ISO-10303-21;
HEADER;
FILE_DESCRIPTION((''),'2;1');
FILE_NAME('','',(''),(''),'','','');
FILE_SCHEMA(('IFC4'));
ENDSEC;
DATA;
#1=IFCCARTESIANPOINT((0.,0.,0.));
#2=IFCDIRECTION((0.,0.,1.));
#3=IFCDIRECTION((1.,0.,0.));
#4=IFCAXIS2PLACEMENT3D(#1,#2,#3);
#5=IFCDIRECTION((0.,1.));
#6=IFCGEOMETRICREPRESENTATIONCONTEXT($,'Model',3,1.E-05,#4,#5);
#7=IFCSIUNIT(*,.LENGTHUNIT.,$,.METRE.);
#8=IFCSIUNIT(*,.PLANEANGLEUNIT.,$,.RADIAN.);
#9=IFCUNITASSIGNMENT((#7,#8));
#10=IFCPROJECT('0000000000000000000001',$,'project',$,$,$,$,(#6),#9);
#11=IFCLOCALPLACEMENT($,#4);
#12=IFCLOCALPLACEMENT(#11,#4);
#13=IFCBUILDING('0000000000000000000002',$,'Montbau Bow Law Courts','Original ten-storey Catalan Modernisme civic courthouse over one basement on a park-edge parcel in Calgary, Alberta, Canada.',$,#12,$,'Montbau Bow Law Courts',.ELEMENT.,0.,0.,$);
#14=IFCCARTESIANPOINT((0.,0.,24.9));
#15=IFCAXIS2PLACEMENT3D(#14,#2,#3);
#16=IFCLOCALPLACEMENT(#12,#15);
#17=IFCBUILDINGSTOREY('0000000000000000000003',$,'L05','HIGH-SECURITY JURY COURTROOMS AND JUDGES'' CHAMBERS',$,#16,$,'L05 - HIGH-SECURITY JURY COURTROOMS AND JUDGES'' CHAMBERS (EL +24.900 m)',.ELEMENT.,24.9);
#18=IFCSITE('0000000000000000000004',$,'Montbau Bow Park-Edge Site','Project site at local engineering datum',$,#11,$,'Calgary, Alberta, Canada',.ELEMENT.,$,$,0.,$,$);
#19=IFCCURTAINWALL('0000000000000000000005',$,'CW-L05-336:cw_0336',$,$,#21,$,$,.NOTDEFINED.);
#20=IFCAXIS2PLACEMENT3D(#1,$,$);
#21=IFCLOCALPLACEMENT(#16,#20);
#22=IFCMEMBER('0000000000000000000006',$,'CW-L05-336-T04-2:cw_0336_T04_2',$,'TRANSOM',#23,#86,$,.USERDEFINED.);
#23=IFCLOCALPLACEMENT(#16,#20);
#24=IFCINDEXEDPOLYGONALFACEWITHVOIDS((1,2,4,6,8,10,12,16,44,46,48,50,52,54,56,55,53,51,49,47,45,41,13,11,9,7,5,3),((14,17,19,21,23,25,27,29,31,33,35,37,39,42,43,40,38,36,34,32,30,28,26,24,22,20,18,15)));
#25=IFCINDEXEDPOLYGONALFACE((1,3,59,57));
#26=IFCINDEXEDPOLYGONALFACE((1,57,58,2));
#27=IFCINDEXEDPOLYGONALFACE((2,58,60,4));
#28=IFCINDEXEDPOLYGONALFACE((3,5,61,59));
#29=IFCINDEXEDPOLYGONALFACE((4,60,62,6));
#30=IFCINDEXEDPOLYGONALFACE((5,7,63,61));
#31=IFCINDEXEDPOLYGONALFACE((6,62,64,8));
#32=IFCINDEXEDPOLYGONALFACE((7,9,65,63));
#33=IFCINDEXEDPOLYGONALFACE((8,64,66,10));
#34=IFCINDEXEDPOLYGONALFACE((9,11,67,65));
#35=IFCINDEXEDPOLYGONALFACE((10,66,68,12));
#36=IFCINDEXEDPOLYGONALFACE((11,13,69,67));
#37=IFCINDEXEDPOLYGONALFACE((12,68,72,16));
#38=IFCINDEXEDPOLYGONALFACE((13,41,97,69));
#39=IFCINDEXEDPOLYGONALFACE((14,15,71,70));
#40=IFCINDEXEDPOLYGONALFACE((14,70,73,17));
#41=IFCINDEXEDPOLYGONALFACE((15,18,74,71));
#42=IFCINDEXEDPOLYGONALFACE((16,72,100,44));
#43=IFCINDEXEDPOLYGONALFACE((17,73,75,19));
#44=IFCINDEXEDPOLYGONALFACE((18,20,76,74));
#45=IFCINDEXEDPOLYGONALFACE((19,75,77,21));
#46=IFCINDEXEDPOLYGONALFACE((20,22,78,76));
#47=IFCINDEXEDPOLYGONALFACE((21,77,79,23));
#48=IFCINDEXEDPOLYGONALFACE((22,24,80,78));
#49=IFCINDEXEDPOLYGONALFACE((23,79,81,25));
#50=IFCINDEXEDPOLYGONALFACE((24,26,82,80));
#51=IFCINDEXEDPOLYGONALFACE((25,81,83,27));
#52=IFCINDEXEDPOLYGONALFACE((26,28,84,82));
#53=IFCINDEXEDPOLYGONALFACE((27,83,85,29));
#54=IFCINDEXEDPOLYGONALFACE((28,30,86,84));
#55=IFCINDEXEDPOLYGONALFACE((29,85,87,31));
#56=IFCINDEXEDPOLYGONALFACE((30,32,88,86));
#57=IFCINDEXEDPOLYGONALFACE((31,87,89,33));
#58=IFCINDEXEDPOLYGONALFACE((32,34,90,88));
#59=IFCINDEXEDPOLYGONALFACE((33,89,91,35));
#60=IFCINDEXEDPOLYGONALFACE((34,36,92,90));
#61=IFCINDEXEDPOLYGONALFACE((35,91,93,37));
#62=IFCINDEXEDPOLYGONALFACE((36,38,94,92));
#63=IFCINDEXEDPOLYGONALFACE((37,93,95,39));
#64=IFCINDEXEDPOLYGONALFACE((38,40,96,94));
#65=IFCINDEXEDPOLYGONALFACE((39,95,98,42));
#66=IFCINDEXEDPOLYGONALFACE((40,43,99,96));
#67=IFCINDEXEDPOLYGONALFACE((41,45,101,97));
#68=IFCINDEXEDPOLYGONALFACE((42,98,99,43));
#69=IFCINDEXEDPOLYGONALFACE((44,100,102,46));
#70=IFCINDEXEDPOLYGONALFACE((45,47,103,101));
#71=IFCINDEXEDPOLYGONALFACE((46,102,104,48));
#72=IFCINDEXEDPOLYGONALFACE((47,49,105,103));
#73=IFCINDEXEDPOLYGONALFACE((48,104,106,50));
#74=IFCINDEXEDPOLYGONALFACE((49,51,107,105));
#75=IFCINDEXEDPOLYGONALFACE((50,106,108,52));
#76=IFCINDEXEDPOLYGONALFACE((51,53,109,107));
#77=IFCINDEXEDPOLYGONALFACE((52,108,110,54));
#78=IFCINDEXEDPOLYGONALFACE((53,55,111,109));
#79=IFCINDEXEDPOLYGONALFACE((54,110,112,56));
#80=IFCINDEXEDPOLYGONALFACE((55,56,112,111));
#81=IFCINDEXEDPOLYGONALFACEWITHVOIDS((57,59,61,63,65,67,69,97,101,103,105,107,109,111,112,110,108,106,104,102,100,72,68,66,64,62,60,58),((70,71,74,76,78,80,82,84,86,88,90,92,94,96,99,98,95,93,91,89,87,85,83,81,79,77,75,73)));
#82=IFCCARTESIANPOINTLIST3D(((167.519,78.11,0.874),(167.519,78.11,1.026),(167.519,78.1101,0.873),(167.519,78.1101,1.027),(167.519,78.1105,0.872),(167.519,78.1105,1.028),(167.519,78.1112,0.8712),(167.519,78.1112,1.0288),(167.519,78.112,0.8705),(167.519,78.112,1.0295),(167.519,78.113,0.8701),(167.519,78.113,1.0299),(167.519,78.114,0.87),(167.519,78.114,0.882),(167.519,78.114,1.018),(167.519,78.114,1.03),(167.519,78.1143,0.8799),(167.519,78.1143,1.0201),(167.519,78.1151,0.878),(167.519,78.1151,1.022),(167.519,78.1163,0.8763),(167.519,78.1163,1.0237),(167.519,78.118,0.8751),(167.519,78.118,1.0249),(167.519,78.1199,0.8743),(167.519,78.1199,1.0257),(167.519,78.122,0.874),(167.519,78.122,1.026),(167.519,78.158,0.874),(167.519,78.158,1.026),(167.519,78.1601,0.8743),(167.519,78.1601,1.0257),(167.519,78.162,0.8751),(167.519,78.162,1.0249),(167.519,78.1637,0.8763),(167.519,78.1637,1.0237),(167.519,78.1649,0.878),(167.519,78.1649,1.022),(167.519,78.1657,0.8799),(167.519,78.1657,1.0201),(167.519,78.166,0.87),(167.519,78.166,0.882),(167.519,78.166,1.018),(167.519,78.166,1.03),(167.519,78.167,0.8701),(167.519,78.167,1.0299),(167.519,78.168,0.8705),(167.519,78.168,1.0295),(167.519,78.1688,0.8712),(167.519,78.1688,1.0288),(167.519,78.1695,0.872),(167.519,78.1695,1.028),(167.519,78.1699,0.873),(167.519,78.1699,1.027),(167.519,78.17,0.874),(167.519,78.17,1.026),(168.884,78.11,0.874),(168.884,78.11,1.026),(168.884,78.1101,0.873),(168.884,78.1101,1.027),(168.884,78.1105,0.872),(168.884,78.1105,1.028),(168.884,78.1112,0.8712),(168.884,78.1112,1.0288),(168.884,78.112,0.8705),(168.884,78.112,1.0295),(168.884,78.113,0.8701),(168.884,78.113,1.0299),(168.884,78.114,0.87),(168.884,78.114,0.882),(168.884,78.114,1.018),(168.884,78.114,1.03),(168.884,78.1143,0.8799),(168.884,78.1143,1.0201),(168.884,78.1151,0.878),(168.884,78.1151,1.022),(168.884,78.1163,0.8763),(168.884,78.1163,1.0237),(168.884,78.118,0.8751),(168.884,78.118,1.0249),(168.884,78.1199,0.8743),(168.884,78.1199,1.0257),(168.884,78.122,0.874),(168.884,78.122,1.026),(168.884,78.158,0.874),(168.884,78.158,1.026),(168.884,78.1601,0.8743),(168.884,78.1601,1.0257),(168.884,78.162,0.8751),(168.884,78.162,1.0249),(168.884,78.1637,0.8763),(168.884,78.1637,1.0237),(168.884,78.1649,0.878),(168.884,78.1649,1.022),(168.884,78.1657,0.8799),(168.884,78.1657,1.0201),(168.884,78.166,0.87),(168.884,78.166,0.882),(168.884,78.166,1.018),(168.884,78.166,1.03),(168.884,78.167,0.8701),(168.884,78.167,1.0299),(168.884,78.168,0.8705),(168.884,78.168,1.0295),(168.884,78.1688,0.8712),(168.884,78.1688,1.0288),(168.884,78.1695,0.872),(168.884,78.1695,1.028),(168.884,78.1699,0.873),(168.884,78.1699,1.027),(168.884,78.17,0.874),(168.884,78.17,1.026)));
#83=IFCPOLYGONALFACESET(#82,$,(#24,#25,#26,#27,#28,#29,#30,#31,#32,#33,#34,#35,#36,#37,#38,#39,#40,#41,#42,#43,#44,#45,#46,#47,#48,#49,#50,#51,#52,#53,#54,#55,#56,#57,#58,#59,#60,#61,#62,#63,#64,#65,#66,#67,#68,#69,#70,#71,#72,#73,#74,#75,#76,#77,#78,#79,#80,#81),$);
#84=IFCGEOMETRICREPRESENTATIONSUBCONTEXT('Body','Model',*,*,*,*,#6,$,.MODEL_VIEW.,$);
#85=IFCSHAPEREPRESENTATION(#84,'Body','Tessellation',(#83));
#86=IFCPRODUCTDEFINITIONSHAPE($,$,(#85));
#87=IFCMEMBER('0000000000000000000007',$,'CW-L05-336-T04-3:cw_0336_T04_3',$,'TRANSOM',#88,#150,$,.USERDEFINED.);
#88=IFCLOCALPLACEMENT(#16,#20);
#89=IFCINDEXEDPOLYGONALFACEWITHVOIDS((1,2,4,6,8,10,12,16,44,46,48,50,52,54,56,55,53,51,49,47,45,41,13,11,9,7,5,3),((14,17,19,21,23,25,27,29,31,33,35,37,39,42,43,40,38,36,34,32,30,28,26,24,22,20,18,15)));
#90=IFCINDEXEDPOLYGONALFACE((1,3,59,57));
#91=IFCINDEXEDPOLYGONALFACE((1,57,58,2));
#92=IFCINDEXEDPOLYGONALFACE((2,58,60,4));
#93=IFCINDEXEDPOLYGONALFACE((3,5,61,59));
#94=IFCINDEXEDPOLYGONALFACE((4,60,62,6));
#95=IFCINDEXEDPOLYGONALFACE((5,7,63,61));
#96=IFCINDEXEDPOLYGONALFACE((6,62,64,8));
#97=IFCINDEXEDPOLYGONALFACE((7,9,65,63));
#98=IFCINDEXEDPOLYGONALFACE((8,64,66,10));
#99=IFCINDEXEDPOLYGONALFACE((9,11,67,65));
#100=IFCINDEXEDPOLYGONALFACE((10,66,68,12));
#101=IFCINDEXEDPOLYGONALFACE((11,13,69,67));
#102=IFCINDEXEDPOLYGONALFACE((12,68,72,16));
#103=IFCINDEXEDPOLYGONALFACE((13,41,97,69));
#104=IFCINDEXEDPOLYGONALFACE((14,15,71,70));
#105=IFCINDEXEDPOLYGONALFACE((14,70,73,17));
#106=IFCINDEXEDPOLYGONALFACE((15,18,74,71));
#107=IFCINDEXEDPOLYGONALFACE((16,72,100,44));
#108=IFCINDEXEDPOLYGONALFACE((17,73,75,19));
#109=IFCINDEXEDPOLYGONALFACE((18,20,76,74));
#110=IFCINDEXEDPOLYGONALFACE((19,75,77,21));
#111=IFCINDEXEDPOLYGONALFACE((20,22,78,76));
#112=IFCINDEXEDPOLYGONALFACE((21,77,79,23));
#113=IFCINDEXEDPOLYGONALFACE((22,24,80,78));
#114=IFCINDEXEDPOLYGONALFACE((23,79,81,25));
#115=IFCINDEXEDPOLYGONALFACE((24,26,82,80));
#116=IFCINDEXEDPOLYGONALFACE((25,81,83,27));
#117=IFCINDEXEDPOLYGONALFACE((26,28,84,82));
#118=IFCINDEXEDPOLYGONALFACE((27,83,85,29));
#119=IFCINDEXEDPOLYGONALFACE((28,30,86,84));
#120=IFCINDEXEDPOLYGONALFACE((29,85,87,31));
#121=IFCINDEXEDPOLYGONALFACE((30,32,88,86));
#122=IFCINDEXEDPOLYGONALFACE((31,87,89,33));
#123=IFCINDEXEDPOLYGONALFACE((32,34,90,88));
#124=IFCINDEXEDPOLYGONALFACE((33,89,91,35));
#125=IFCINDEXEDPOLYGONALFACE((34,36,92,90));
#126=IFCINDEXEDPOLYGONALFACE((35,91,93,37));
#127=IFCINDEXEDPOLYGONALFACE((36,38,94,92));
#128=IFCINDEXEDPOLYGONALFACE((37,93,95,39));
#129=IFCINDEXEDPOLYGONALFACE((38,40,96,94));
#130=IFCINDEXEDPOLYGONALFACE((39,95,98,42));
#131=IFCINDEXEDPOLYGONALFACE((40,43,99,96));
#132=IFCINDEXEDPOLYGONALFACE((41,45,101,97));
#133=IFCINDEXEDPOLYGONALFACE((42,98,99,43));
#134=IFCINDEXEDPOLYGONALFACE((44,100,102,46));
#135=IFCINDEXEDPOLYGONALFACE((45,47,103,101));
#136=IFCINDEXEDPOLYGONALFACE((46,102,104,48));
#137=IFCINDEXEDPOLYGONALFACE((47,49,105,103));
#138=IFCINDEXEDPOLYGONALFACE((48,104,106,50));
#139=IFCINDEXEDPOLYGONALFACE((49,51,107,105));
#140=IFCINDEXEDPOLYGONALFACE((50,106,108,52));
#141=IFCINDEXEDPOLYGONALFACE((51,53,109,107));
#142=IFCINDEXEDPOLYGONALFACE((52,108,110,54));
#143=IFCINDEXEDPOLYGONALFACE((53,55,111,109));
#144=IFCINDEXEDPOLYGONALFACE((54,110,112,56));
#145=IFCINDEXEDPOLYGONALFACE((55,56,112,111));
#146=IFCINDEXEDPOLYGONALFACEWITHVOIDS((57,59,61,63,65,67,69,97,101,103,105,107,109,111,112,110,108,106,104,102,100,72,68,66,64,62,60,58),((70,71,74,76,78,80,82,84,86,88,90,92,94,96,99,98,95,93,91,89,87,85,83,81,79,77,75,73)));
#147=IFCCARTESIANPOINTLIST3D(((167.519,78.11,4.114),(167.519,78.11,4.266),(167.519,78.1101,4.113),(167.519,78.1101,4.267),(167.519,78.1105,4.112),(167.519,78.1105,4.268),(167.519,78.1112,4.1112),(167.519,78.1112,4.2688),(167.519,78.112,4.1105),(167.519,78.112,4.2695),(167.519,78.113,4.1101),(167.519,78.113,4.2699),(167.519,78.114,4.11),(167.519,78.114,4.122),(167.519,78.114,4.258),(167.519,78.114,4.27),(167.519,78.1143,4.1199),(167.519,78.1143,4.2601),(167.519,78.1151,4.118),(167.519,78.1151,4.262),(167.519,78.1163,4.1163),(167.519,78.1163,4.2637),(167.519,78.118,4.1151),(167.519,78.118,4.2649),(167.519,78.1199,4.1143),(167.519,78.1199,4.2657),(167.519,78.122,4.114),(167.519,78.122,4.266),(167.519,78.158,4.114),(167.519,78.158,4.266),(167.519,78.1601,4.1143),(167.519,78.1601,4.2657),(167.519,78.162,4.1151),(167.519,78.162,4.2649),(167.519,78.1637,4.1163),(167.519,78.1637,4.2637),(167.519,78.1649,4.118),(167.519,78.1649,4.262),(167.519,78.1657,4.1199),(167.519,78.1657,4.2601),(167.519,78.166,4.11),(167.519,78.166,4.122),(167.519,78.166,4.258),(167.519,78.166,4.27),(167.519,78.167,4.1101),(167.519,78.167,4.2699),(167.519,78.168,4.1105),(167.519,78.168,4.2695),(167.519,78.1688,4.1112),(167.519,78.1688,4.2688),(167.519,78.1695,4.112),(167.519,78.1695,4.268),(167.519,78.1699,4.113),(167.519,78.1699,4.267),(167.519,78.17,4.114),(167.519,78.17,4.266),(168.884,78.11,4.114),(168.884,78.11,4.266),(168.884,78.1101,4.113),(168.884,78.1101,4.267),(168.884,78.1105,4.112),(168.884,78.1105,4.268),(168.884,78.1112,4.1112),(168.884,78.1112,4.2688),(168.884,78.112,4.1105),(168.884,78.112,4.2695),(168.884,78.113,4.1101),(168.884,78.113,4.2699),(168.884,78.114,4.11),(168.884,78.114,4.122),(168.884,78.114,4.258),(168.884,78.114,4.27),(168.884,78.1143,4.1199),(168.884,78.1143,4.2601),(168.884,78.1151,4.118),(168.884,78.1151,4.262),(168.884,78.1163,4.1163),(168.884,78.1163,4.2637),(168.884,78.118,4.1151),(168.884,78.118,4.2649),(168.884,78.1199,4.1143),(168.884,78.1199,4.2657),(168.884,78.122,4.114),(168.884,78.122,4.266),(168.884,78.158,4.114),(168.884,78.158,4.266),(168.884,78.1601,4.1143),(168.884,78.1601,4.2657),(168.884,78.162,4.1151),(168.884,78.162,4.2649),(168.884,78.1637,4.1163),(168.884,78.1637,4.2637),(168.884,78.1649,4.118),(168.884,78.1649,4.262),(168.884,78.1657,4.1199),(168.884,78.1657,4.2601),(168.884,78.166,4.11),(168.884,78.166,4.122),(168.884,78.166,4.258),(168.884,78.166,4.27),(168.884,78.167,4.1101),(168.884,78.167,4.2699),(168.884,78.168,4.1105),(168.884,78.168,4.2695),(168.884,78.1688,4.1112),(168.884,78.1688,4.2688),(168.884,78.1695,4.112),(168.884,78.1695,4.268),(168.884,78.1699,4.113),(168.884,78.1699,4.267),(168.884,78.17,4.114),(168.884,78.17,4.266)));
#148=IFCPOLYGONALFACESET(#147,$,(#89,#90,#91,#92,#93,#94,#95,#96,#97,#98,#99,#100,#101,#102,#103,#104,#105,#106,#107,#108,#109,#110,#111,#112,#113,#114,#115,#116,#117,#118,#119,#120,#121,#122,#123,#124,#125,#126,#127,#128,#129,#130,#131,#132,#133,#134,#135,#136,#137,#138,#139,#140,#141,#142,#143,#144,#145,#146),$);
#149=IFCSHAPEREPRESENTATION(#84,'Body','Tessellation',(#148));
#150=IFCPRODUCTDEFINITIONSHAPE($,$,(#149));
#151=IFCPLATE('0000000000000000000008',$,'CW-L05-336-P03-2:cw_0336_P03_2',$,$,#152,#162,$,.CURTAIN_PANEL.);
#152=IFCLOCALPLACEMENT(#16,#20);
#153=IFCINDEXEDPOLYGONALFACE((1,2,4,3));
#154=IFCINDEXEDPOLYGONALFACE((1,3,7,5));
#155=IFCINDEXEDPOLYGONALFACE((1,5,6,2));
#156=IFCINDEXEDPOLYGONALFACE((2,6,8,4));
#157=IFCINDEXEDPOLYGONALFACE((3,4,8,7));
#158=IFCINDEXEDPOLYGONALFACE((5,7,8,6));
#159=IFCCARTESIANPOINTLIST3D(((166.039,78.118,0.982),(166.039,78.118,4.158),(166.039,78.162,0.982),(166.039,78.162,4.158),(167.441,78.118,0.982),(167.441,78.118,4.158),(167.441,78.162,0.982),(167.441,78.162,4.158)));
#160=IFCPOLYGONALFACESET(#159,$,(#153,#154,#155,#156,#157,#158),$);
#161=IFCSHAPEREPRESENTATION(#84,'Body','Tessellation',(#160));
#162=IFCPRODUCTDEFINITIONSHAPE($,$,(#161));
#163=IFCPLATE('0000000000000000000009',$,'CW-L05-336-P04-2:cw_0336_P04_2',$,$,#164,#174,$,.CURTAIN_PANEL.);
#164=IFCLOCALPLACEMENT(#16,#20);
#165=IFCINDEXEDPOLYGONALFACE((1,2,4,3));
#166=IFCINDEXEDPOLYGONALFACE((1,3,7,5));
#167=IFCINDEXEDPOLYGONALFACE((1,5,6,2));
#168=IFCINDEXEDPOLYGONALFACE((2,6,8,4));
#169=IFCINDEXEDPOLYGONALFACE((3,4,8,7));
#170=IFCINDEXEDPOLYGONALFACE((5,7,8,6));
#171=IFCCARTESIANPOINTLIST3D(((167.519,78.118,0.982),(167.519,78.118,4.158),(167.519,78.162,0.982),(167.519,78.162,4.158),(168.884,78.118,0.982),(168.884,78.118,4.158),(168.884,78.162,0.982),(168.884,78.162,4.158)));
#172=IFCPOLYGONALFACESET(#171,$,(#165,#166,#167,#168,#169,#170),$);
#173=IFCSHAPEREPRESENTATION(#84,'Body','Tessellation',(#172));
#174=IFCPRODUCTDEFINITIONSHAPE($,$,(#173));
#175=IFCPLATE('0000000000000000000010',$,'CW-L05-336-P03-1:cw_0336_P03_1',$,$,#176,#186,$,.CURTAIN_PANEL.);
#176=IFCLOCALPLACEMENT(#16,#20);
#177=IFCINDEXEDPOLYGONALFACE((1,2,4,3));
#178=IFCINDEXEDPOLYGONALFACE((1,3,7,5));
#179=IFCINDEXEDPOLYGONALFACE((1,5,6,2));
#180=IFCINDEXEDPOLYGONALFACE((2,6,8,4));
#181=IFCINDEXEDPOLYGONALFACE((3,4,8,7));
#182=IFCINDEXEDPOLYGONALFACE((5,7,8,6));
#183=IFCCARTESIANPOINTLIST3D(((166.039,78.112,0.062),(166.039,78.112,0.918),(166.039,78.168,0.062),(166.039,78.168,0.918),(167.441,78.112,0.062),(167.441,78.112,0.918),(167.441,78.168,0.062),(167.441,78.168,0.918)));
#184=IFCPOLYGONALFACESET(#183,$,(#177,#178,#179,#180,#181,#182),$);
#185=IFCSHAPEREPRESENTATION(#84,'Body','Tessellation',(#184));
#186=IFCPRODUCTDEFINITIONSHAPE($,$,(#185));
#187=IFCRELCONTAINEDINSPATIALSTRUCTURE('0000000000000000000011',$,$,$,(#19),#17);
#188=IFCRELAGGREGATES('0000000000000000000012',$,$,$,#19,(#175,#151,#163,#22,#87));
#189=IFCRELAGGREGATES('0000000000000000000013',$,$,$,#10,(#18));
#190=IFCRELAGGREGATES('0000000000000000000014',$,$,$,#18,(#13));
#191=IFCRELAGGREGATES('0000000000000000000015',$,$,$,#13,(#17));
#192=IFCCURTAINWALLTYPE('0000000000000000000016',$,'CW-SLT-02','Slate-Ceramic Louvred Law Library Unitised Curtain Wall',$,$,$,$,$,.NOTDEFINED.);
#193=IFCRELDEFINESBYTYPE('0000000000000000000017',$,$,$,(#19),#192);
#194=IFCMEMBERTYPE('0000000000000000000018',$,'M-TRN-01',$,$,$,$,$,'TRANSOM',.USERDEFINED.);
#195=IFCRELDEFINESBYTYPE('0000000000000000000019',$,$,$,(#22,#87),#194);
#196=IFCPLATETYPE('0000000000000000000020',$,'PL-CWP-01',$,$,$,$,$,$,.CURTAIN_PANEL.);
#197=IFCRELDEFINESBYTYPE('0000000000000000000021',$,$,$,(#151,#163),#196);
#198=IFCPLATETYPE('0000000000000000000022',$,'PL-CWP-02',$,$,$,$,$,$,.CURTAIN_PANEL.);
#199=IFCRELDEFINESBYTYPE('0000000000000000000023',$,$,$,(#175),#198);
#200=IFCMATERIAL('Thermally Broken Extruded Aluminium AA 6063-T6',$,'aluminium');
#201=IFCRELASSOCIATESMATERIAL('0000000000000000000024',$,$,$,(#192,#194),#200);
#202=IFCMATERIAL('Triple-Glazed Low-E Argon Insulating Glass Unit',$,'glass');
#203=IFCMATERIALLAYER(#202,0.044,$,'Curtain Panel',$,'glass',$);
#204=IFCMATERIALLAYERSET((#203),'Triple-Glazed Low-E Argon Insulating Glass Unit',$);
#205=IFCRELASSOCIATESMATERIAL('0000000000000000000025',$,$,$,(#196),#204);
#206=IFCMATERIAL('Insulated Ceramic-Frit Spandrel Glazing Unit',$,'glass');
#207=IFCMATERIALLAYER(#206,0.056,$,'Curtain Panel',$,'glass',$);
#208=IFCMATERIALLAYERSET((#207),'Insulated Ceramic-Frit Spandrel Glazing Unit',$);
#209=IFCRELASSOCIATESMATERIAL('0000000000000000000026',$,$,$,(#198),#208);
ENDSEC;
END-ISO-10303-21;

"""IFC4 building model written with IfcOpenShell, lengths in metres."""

from ifc_helpers import new_model, si_unit, direction, frame, frame_2d, origin_with_axes, origin_2d_with_axis, place, context, subcontext, project, spatial, rectangle, hollow_rectangle, extrude, material, layer, layer_set, material_profile, profile_set, type_object, element, aggregate, save


model = new_model("IFC4")

# Units and contexts
model_context = context("Model", 3, precision=1e-05, world=origin_with_axes(), true_north=direction((0.0, 1.0)))
body_context = subcontext(model_context, "Body", "Model", "MODEL_VIEW")
ifc_project = project(units=[si_unit("LENGTHUNIT", "METRE"), si_unit("PLANEANGLEUNIT", "RADIAN")], contexts=[model_context])

# Site, building, storey
site_placement = place(None, origin_with_axes())
site = spatial("IfcSite", under=ifc_project, at=site_placement, Name="Montbau Bow Park-Edge Site", Description="Project site at local engineering datum", LongName="Calgary, Alberta, Canada", CompositionType="ELEMENT", RefElevation=0.0)
building_placement = place(site_placement, origin_with_axes())
building = spatial("IfcBuilding", under=site, at=building_placement, Name="Montbau Bow Law Courts", Description="Original ten-storey Catalan Modernisme civic courthouse over one basement on a park-edge parcel in Calgary, Alberta, Canada.", LongName="Montbau Bow Law Courts", CompositionType="ELEMENT", ElevationOfRefHeight=0.0, ElevationOfTerrain=0.0)
storey_placement = place(building_placement, frame((0.0, 0.0, 24.9), z_axis=(0.0, 0.0, 1.0), x_axis=(1.0, 0.0, 0.0)))
storey = spatial("IfcBuildingStorey", under=building, at=storey_placement, Name="L05", Description="HIGH-SECURITY JURY COURTROOMS AND JUDGES' CHAMBERS", LongName="L05 - HIGH-SECURITY JURY COURTROOMS AND JUDGES' CHAMBERS (EL +24.900 m)", CompositionType="ELEMENT", Elevation=24.9)

# Curtain wall, members, plates
ifc_material_1 = material(Name="Thermally Broken Extruded Aluminium AA 6063-T6", Category="aluminium")
curtain_wall_type = type_object("IfcCurtainWallType", Name="CW-SLT-02", Description="Slate-Ceramic Louvred Law Library Unitised Curtain Wall", PredefinedType="NOTDEFINED", material=ifc_material_1)
curtain_wall_placement = place(None, frame((163.04, 78.14, 24.9), z_axis=(0.0, 0.0, 1.0), x_axis=(1.0, 0.0, 0.0)))
curtain_wall = element("IfcCurtainWall", 1, at=curtain_wall_placement, inside=storey, type_object=curtain_wall_type, Name="CW-L05-336:cw_0336", PredefinedType="NOTDEFINED")
ifc_material_profile_1 = material_profile(ifc_material_1, hollow_rectangle(XDim=0.06, YDim=0.16, WallThickness=0.004, InnerFilletRadius=0.008, OuterFilletRadius=0.004, at=origin_2d_with_axis()), Name="CWT-160X60", Category="Main", Priority=0)
ifc_profile_set_1 = profile_set([ifc_material_profile_1], Name="Thermally Broken Extruded Aluminium AA 6063-T6")
member_type_1 = type_object("IfcMemberType", Name="M-TRN-01", ElementType="TRANSOM", PredefinedType="USERDEFINED", material=ifc_profile_set_1)
member_1_placement = place(None, frame((167.519, 78.14, 25.85), z_axis=(1.0, 0.0, 0.0), x_axis=(0.0, 1.0, 0.0)))
member_1 = element("IfcMember", 2, at=member_1_placement, type_object=member_type_1, Name="CW-L05-336-T04-2:cw_0336_T04_2", ObjectType="TRANSOM", PredefinedType="USERDEFINED", context=body_context, shape_type="SweptSolid", body=[
    extrude(hollow_rectangle(XDim=0.06, YDim=0.16, WallThickness=0.004, InnerFilletRadius=0.008, OuterFilletRadius=0.004, at=origin_2d_with_axis()), origin_with_axes(), (0.0, 0.0, 1.0), 1.365),
])
member_2_placement = place(None, frame((167.519, 78.14, 29.09), z_axis=(1.0, 0.0, 0.0), x_axis=(0.0, 1.0, 0.0)))
member_2 = element("IfcMember", 3, at=member_2_placement, type_object=member_type_1, Name="CW-L05-336-T04-3:cw_0336_T04_3", ObjectType="TRANSOM", PredefinedType="USERDEFINED", context=body_context, shape_type="SweptSolid", body=[
    extrude(hollow_rectangle(XDim=0.06, YDim=0.16, WallThickness=0.004, InnerFilletRadius=0.008, OuterFilletRadius=0.004, at=origin_2d_with_axis()), origin_with_axes(), (0.0, 0.0, 1.0), 1.365),
])
ifc_material_2 = material(Name="Triple-Glazed Low-E Argon Insulating Glass Unit", Category="glass")
ifc_layer_1 = layer(ifc_material_2, 0.044, Name="Curtain Panel", Category="glass")
ifc_layer_set_1 = layer_set([ifc_layer_1], Name="Triple-Glazed Low-E Argon Insulating Glass Unit")
plate_type_1 = type_object("IfcPlateType", Name="PL-CWP-01", PredefinedType="CURTAIN_PANEL", material=ifc_layer_set_1)
plate_1_placement = place(None, frame((166.039, 78.14, 25.882), z_axis=(0.0, -1.0, 0.0), x_axis=(1.0, 0.0, 0.0)))
plate_1 = element("IfcPlate", 4, at=plate_1_placement, type_object=plate_type_1, Name="CW-L05-336-P03-2:cw_0336_P03_2", PredefinedType="CURTAIN_PANEL", context=body_context, shape_type="SweptSolid", body=[
    extrude(rectangle(XDim=1.402, YDim=3.176, at=frame_2d((0.701, 1.588), x_axis=(1.0, 0.0))), frame((0.0, 0.0, -0.022), z_axis=(0.0, 0.0, 1.0), x_axis=(1.0, 0.0, 0.0)), (0.0, 0.0, 1.0), 0.044),
])
plate_2_placement = place(None, frame((167.519, 78.14, 25.882), z_axis=(0.0, -1.0, 0.0), x_axis=(1.0, 0.0, 0.0)))
plate_2 = element("IfcPlate", 5, at=plate_2_placement, type_object=plate_type_1, Name="CW-L05-336-P04-2:cw_0336_P04_2", PredefinedType="CURTAIN_PANEL", context=body_context, shape_type="SweptSolid", body=[
    extrude(rectangle(XDim=1.365, YDim=3.176, at=frame_2d((0.6825, 1.588), x_axis=(1.0, 0.0))), frame((0.0, 0.0, -0.022), z_axis=(0.0, 0.0, 1.0), x_axis=(1.0, 0.0, 0.0)), (0.0, 0.0, 1.0), 0.044),
])
ifc_material_3 = material(Name="Insulated Ceramic-Frit Spandrel Glazing Unit", Category="glass")
ifc_layer_2 = layer(ifc_material_3, 0.056, Name="Curtain Panel", Category="glass")
ifc_layer_set_2 = layer_set([ifc_layer_2], Name="Insulated Ceramic-Frit Spandrel Glazing Unit")
plate_type_2 = type_object("IfcPlateType", Name="PL-CWP-02", PredefinedType="CURTAIN_PANEL", material=ifc_layer_set_2)
plate_3_placement = place(None, frame((166.039, 78.14, 24.962), z_axis=(0.0, -1.0, 0.0), x_axis=(1.0, 0.0, 0.0)))
plate_3 = element("IfcPlate", 6, at=plate_3_placement, type_object=plate_type_2, Name="CW-L05-336-P03-1:cw_0336_P03_1", PredefinedType="CURTAIN_PANEL", context=body_context, shape_type="SweptSolid", body=[
    extrude(rectangle(XDim=1.402, YDim=0.856, at=frame_2d((0.701, 0.428), x_axis=(1.0, 0.0))), frame((0.0, 0.0, -0.028), z_axis=(0.0, 0.0, 1.0), x_axis=(1.0, 0.0, 0.0)), (0.0, 0.0, 1.0), 0.056),
])
aggregate(curtain_wall, [plate_3, plate_1, plate_2, member_1, member_2])

save(model, "model.ifc")
